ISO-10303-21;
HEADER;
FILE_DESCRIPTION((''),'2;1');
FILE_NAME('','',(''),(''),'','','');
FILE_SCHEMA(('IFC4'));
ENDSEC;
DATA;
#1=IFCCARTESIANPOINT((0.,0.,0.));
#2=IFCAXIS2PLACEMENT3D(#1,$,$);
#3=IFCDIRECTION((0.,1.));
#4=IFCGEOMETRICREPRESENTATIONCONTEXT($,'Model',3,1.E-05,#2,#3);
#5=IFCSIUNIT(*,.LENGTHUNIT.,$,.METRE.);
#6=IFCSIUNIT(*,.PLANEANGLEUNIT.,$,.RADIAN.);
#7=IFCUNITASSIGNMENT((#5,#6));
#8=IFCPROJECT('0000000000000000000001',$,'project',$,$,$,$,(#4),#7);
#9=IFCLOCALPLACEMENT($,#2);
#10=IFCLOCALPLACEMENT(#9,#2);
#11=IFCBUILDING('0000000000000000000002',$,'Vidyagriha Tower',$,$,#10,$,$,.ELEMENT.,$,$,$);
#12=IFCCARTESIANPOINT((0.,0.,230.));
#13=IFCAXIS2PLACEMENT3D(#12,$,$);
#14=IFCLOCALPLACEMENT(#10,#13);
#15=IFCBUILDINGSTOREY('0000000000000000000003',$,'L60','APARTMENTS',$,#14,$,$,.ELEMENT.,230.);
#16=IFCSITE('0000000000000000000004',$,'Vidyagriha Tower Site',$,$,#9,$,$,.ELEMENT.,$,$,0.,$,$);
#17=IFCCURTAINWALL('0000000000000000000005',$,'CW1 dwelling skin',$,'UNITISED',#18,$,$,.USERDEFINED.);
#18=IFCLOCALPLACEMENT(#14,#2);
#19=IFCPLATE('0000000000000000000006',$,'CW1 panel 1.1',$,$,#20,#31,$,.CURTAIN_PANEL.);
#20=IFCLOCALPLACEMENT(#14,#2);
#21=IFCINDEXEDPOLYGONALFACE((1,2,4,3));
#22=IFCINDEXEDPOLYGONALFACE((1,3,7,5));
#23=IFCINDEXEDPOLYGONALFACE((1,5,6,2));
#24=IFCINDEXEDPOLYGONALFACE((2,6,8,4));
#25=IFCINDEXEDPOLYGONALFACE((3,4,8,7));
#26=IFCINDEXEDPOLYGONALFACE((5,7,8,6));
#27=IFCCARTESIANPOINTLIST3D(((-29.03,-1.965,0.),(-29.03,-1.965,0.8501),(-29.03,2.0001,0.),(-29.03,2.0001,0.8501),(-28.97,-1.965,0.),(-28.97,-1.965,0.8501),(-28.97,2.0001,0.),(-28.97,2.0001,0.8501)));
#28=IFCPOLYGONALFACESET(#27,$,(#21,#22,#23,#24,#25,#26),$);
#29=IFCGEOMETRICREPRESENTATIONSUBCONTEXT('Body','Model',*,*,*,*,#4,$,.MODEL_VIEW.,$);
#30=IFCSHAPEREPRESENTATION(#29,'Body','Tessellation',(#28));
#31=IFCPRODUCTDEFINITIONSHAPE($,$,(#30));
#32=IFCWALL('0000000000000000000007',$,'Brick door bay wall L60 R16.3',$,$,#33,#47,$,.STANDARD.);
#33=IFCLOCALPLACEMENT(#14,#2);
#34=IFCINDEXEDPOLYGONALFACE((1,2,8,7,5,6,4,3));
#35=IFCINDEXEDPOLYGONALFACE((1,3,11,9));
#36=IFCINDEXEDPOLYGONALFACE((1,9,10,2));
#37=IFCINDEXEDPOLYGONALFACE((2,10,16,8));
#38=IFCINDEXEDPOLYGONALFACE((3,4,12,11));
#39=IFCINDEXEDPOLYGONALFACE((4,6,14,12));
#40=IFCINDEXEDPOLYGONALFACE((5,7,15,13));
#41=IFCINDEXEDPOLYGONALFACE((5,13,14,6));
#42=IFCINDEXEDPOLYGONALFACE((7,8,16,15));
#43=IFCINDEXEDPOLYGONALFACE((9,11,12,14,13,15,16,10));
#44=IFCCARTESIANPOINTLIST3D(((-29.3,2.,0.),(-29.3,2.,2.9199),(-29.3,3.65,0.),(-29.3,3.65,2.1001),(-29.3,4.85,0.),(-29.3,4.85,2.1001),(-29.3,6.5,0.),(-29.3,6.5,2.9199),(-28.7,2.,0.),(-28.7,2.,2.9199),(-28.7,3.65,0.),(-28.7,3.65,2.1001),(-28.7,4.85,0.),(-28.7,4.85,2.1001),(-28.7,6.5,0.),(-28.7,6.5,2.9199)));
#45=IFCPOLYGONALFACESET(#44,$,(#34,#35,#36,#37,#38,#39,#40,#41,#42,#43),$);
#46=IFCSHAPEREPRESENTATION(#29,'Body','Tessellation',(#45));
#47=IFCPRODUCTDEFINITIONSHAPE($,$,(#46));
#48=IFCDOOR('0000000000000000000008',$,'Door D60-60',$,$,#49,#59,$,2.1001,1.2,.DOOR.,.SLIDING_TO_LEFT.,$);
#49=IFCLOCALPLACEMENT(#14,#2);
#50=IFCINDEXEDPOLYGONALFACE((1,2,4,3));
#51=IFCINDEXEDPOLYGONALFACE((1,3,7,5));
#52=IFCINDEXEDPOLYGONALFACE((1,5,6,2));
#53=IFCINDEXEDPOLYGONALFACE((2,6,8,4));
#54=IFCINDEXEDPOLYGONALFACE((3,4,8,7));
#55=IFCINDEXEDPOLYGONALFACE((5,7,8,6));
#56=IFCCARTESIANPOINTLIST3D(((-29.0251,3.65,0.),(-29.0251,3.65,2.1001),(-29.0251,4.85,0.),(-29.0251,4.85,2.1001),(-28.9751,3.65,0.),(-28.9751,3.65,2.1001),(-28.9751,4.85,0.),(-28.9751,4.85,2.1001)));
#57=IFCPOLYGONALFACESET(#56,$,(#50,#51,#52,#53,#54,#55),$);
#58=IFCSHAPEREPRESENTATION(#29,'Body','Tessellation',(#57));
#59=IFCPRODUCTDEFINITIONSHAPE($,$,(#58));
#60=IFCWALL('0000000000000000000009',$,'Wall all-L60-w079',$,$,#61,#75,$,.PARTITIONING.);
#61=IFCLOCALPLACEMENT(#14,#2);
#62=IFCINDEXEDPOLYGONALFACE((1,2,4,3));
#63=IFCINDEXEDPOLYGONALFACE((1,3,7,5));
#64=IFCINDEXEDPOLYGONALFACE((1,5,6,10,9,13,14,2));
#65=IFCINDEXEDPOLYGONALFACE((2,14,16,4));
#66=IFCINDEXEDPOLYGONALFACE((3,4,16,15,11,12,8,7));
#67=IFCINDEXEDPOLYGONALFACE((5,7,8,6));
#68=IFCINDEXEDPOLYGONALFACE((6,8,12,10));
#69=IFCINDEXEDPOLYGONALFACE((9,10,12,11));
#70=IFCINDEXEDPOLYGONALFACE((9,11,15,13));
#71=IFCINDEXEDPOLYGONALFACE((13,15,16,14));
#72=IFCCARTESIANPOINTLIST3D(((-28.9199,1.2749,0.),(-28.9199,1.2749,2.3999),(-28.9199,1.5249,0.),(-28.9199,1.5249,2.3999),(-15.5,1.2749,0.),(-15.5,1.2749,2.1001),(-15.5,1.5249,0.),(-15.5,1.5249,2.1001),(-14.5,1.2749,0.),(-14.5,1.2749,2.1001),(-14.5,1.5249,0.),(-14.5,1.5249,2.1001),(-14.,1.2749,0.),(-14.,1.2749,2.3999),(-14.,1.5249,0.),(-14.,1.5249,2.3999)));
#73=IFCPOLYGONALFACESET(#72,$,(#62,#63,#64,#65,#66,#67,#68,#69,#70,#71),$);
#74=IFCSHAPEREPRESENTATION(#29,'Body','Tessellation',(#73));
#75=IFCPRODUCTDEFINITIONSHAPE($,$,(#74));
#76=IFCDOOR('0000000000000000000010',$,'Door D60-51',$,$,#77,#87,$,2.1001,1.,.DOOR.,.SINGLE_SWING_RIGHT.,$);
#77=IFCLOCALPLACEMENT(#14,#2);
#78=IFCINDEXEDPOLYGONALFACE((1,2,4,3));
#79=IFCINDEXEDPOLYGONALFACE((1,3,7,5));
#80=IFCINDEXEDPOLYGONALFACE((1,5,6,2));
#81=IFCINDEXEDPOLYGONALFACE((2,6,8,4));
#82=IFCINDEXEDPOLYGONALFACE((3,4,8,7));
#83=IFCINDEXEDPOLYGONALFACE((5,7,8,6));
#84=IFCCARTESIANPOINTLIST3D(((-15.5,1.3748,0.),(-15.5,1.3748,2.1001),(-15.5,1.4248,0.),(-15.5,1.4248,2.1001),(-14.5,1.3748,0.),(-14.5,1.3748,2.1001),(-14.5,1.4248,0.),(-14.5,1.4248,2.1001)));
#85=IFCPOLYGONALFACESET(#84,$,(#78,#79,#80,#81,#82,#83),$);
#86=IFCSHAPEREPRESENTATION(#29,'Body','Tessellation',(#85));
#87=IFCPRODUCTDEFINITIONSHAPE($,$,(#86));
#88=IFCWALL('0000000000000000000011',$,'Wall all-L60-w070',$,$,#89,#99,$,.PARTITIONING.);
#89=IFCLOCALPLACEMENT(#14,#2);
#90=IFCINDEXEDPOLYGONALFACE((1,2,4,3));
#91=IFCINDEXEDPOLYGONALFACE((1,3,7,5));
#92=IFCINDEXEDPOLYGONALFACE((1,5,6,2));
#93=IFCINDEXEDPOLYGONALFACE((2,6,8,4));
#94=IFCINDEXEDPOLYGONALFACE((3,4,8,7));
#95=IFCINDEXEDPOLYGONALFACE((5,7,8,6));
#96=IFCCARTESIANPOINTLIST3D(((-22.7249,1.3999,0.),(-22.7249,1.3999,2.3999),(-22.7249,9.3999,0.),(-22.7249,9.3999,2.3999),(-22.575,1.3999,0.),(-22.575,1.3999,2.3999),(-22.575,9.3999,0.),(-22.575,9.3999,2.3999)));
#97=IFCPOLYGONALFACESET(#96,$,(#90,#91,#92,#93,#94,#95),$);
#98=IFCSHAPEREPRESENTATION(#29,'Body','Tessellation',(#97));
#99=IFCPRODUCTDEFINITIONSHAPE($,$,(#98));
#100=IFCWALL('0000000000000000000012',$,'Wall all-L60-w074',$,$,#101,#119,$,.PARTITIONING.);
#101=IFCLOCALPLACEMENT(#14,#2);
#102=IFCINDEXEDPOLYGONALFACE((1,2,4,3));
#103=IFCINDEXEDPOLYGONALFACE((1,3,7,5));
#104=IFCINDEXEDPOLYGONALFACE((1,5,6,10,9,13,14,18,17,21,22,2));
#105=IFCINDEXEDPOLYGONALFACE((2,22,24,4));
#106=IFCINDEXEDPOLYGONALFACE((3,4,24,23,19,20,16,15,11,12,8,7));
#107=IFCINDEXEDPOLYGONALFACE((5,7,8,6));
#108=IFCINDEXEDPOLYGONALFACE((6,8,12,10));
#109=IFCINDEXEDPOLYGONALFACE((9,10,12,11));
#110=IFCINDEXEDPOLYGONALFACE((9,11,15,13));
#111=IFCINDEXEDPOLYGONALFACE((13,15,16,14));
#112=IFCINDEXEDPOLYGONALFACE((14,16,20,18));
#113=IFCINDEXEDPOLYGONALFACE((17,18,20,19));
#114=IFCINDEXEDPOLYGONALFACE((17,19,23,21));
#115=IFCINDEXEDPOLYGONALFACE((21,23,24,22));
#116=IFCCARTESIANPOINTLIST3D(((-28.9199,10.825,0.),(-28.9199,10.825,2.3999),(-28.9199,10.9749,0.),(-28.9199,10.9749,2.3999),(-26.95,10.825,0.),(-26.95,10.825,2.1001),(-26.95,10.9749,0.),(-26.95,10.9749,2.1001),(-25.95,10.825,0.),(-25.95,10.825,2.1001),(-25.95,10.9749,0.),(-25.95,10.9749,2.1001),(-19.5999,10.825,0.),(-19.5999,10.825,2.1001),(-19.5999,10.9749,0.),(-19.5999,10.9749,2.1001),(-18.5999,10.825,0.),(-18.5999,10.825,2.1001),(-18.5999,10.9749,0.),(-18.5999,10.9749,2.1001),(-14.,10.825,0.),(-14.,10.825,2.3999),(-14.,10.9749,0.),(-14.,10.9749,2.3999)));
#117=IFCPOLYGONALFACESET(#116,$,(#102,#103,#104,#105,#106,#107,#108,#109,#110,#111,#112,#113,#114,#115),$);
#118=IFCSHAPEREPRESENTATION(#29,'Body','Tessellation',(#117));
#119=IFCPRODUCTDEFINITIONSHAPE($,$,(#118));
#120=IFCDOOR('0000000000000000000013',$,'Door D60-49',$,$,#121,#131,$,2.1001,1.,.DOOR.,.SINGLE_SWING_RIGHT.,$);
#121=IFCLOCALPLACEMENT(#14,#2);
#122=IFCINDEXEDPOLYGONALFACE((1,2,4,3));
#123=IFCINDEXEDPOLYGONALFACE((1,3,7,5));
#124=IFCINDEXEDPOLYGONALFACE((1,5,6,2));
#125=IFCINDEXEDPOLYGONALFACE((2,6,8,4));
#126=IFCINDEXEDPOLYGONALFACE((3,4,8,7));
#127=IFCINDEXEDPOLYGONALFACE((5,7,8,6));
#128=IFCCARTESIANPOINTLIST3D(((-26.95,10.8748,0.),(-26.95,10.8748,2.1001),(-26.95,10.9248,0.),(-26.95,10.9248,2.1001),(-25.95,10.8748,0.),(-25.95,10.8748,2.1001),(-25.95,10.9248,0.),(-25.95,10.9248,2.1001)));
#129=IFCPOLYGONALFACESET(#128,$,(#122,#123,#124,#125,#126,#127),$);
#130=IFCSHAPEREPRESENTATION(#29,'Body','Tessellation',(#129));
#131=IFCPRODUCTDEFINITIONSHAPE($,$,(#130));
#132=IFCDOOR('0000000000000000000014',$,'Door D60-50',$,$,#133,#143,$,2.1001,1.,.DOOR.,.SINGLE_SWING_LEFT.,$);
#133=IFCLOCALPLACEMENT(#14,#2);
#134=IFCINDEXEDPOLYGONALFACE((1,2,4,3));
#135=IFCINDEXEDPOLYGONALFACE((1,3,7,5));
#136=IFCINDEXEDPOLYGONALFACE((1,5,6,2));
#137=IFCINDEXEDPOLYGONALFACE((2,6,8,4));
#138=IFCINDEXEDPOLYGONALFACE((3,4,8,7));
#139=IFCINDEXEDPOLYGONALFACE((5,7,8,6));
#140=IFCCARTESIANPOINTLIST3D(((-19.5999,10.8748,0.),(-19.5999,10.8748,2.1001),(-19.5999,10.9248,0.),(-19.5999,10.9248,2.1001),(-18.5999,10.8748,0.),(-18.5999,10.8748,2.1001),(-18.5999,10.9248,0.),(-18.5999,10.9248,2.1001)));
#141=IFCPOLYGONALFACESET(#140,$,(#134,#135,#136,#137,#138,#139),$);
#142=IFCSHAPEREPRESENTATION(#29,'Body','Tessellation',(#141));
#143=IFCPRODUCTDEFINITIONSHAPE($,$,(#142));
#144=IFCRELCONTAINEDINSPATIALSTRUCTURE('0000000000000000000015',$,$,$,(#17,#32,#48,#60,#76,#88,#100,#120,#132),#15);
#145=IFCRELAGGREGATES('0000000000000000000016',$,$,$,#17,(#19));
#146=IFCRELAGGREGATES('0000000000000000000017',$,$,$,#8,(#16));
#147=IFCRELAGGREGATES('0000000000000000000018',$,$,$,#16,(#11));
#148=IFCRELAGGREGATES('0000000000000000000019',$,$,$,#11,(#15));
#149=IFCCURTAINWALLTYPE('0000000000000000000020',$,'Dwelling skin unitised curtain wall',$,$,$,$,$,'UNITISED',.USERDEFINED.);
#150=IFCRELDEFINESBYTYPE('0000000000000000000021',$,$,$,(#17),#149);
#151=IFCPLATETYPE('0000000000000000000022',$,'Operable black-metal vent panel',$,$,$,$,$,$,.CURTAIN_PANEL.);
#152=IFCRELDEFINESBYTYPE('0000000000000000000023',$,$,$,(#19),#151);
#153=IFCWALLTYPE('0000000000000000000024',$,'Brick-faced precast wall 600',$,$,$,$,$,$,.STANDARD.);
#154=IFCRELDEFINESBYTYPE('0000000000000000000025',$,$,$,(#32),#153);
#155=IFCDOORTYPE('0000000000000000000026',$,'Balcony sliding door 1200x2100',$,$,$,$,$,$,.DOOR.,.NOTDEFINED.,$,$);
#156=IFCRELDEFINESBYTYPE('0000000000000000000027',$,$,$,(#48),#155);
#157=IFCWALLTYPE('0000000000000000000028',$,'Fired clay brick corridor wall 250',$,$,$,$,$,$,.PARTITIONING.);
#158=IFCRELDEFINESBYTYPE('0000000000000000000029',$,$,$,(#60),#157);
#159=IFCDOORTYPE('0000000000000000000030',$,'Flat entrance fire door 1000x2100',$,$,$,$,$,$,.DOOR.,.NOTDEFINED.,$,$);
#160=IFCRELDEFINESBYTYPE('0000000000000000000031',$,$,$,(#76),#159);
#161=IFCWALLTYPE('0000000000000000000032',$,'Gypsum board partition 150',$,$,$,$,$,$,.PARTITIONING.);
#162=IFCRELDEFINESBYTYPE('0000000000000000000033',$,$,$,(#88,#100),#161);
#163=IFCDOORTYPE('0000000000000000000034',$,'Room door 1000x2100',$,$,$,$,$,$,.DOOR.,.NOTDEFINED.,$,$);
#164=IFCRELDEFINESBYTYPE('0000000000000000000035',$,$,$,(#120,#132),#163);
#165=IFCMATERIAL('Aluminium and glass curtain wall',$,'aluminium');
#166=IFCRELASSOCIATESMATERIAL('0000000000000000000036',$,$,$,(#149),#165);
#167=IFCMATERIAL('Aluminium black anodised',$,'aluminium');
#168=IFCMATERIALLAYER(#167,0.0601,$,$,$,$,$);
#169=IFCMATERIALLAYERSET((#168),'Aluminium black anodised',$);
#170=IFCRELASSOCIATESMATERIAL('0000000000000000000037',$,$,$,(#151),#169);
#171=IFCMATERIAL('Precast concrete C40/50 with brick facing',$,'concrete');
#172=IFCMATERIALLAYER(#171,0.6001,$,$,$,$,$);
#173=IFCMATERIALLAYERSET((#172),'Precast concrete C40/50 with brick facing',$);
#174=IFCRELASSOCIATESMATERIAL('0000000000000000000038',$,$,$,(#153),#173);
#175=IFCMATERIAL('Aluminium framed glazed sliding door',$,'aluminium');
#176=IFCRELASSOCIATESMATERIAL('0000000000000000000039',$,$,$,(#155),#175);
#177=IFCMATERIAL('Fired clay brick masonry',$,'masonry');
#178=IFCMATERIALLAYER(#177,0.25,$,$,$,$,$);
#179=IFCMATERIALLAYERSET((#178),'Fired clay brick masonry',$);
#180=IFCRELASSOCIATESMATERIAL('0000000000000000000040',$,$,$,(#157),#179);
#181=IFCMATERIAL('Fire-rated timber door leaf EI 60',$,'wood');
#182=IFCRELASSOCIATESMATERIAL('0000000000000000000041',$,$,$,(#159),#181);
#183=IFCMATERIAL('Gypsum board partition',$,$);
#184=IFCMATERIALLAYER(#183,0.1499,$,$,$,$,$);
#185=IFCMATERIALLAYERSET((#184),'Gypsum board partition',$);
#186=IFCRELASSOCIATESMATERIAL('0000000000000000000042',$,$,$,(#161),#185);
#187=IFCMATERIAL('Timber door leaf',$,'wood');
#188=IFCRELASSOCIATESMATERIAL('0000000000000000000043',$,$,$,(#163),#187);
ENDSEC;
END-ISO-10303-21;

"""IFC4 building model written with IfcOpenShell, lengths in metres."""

from ifc_helpers import new_model, si_unit, direction, frame, frame_2d, origin, origin_2d, place, context, subcontext, project, spatial, rectangle, extrude, material, layer, layer_set, type_object, element, fill, aggregate, save


model = new_model("IFC4")

# Units and contexts
model_context = context("Model", 3, precision=1e-05, world=origin(), true_north=direction((0.0, 1.0)))
body_context = subcontext(model_context, "Body", "Model", "MODEL_VIEW")
ifc_project = project(units=[si_unit("LENGTHUNIT", "METRE"), si_unit("PLANEANGLEUNIT", "RADIAN")], contexts=[model_context])

# Site, building, storey
site_placement = place(None, origin())
site = spatial("IfcSite", under=ifc_project, at=site_placement, Name="Vidyagriha Tower Site", CompositionType="ELEMENT", RefElevation=0.0)
building_placement = place(site_placement, origin())
building = spatial("IfcBuilding", under=site, at=building_placement, Name="Vidyagriha Tower", CompositionType="ELEMENT")
storey_placement = place(building_placement, frame((0.0, 0.0, 230.0)))
storey = spatial("IfcBuildingStorey", under=building, at=storey_placement, Name="L60", Description="APARTMENTS", CompositionType="ELEMENT", Elevation=230.0)

# Shared definitions
ifc_material_1 = material(Name="Aluminium and glass curtain wall", Category="aluminium")
curtain_wall_type = type_object("IfcCurtainWallType", Name="Dwelling skin unitised curtain wall", ElementType="UNITISED", PredefinedType="USERDEFINED", material=ifc_material_1)

# Curtain wall
curtain_wall_1_placement = place(storey_placement, origin())
curtain_wall_1 = element("IfcCurtainWall", 1, at=curtain_wall_1_placement, inside=storey, type_object=curtain_wall_type, Name="CW1 dwelling skin", ObjectType="UNITISED", PredefinedType="USERDEFINED")

# Plate
ifc_material_2 = material(Name="Aluminium black anodised", Category="aluminium")
ifc_layer_1 = layer(ifc_material_2, 0.0601)
ifc_layer_set_1 = layer_set([ifc_layer_1], Name="Aluminium black anodised")
plate_type_1 = type_object("IfcPlateType", Name="Operable black-metal vent panel", PredefinedType="CURTAIN_PANEL", material=ifc_layer_set_1)
plate_1_placement = place(storey_placement, frame((-29.0, 0.0176, 0.0), z_axis=(0.0, 0.0, 1.0), x_axis=(0.0, -1.0, 0.0)))
plate_1 = element("IfcPlate", 2, at=plate_1_placement, type_object=plate_type_1, Name="CW1 panel 1.1", PredefinedType="CURTAIN_PANEL", context=body_context, shape_type="SweptSolid", body=[
    extrude(rectangle(XDim=3.9651, YDim=0.0601, at=origin_2d()), origin(), (0.0, 0.0, 1.0), 0.8501),
])
aggregate(curtain_wall_1, [plate_1])

# Walls, openings, doors
ifc_material_3 = material(Name="Precast concrete C40/50 with brick facing", Category="concrete")
ifc_layer_2 = layer(ifc_material_3, 0.6001)
ifc_layer_set_2 = layer_set([ifc_layer_2], Name="Precast concrete C40/50 with brick facing")
wall_type_1 = type_object("IfcWallType", Name="Brick-faced precast wall 600", PredefinedType="STANDARD", material=ifc_layer_set_2)
wall_1_placement = place(storey_placement, frame((-29.0, 6.5, 0.0), z_axis=(0.0, 0.0, 1.0), x_axis=(0.0, -1.0, 0.0)))
wall_1 = element("IfcWall", 3, at=wall_1_placement, inside=storey, type_object=wall_type_1, Name="Brick door bay wall L60 R16.3", PredefinedType="STANDARD", context=body_context, shape_type="SweptSolid", body=[
    extrude(rectangle(XDim=4.5, YDim=0.6001, at=frame_2d((2.25, 0.0))), origin(), (0.0, 0.0, 1.0), 2.9199),
])
opening_1_placement = place(wall_1_placement, frame((1.6499, 0.0, 0.0)))
opening_1 = element("IfcOpeningElement", 4, at=opening_1_placement, cuts=wall_1, PredefinedType="OPENING", context=body_context, shape_type="SweptSolid", body=[
    extrude(rectangle(XDim=1.2, YDim=2.1001, at=frame_2d((0.6001, 1.05))), frame((0.0, 0.3101, 0.0), z_axis=(0.0, -1.0, 0.0), x_axis=(1.0, 0.0, 0.0)), (0.0, 0.0, 1.0), 0.6201),
])
ifc_material_4 = material(Name="Aluminium framed glazed sliding door", Category="aluminium")
door_type_1 = type_object("IfcDoorType", Name="Balcony sliding door 1200x2100", OperationType="NOTDEFINED", PredefinedType="DOOR", material=ifc_material_4)
door_1_placement = place(opening_1_placement, origin())
door_1 = element("IfcDoor", 5, at=door_1_placement, inside=storey, type_object=door_type_1, Name="Door D60-60", OperationType="SLIDING_TO_LEFT", OverallHeight=2.1001, OverallWidth=1.2, PredefinedType="DOOR", context=body_context, shape_type="SweptSolid", body=[
    extrude(rectangle(XDim=1.2, YDim=2.1001, at=frame_2d((0.6001, 1.05))), frame((0.0, 0.0249, 0.0), z_axis=(0.0, -1.0, 0.0), x_axis=(1.0, 0.0, 0.0)), (0.0, 0.0, 1.0), 0.05),
])
fill(opening_1, door_1)
ifc_material_5 = material(Name="Fired clay brick masonry", Category="masonry")
ifc_layer_3 = layer(ifc_material_5, 0.25)
ifc_layer_set_3 = layer_set([ifc_layer_3], Name="Fired clay brick masonry")
wall_type_2 = type_object("IfcWallType", Name="Fired clay brick corridor wall 250", PredefinedType="PARTITIONING", material=ifc_layer_set_3)
wall_2_placement = place(storey_placement, frame((-28.9199, 1.3999, 0.0)))
wall_2 = element("IfcWall", 6, at=wall_2_placement, inside=storey, type_object=wall_type_2, Name="Wall all-L60-w079", PredefinedType="PARTITIONING", context=body_context, shape_type="SweptSolid", body=[
    extrude(rectangle(XDim=14.9199, YDim=0.25, at=frame_2d((7.46, 0.0))), origin(), (0.0, 0.0, 1.0), 2.3999),
])
opening_2_placement = place(wall_2_placement, frame((13.4199, 0.0, 0.0)))
opening_2 = element("IfcOpeningElement", 7, at=opening_2_placement, cuts=wall_2, PredefinedType="OPENING", context=body_context, shape_type="SweptSolid", body=[
    extrude(rectangle(XDim=1.0, YDim=2.1001, at=frame_2d((0.5, 1.05))), frame((0.0, 0.135, 0.0), z_axis=(0.0, -1.0, 0.0), x_axis=(1.0, 0.0, 0.0)), (0.0, 0.0, 1.0), 0.27),
])
ifc_material_6 = material(Name="Fire-rated timber door leaf EI 60", Category="wood")
door_type_2 = type_object("IfcDoorType", Name="Flat entrance fire door 1000x2100", OperationType="NOTDEFINED", PredefinedType="DOOR", material=ifc_material_6)
door_2_placement = place(opening_2_placement, origin())
door_2 = element("IfcDoor", 8, at=door_2_placement, inside=storey, type_object=door_type_2, Name="Door D60-51", OperationType="SINGLE_SWING_RIGHT", OverallHeight=2.1001, OverallWidth=1.0, PredefinedType="DOOR", context=body_context, shape_type="SweptSolid", body=[
    extrude(rectangle(XDim=1.0, YDim=2.1001, at=frame_2d((0.5, 1.05))), frame((0.0, 0.0249, 0.0), z_axis=(0.0, -1.0, 0.0), x_axis=(1.0, 0.0, 0.0)), (0.0, 0.0, 1.0), 0.05),
])
fill(opening_2, door_2)

# Wall
ifc_material_7 = material(Name="Gypsum board partition")
ifc_layer_4 = layer(ifc_material_7, 0.1499)
ifc_layer_set_4 = layer_set([ifc_layer_4], Name="Gypsum board partition")
wall_type_3 = type_object("IfcWallType", Name="Gypsum board partition 150", PredefinedType="PARTITIONING", material=ifc_layer_set_4)
wall_3_placement = place(storey_placement, frame((-22.6499, 1.3999, 0.0), z_axis=(0.0, 0.0, 1.0), x_axis=(0.0, 1.0, 0.0)))
element("IfcWall", 9, at=wall_3_placement, inside=storey, type_object=wall_type_3, Name="Wall all-L60-w070", PredefinedType="PARTITIONING", context=body_context, shape_type="SweptSolid", body=[
    extrude(rectangle(XDim=8.0, YDim=0.1499, at=frame_2d((4.0, 0.0))), origin(), (0.0, 0.0, 1.0), 2.3999),
])

# Wall, openings, doors
wall_4_placement = place(storey_placement, frame((-28.9199, 10.8999, 0.0)))
wall_4 = element("IfcWall", 10, at=wall_4_placement, inside=storey, type_object=wall_type_3, Name="Wall all-L60-w074", PredefinedType="PARTITIONING", context=body_context, shape_type="SweptSolid", body=[
    extrude(rectangle(XDim=14.9199, YDim=0.1499, at=frame_2d((7.46, 0.0))), origin(), (0.0, 0.0, 1.0), 2.3999),
])
opening_3_placement = place(wall_4_placement, frame((1.97, 0.0, 0.0)))
opening_3 = element("IfcOpeningElement", 11, at=opening_3_placement, cuts=wall_4, PredefinedType="OPENING", context=body_context, shape_type="SweptSolid", body=[
    extrude(rectangle(XDim=1.0, YDim=2.1001, at=frame_2d((0.5, 1.05))), frame((0.0, 0.085, 0.0), z_axis=(0.0, -1.0, 0.0), x_axis=(1.0, 0.0, 0.0)), (0.0, 0.0, 1.0), 0.1699),
])
opening_4_placement = place(wall_4_placement, frame((9.3201, 0.0, 0.0)))
opening_4 = element("IfcOpeningElement", 12, at=opening_4_placement, cuts=wall_4, PredefinedType="OPENING", context=body_context, shape_type="SweptSolid", body=[
    extrude(rectangle(XDim=1.0, YDim=2.1001, at=frame_2d((0.5, 1.05))), frame((0.0, 0.085, 0.0), z_axis=(0.0, -1.0, 0.0), x_axis=(1.0, 0.0, 0.0)), (0.0, 0.0, 1.0), 0.1699),
])
ifc_material_8 = material(Name="Timber door leaf", Category="wood")
door_type_3 = type_object("IfcDoorType", Name="Room door 1000x2100", OperationType="NOTDEFINED", PredefinedType="DOOR", material=ifc_material_8)
door_3_placement = place(opening_3_placement, origin())
door_3 = element("IfcDoor", 13, at=door_3_placement, inside=storey, type_object=door_type_3, Name="Door D60-49", OperationType="SINGLE_SWING_RIGHT", OverallHeight=2.1001, OverallWidth=1.0, PredefinedType="DOOR", context=body_context, shape_type="SweptSolid", body=[
    extrude(rectangle(XDim=1.0, YDim=2.1001, at=frame_2d((0.5, 1.05))), frame((0.0, 0.0249, 0.0), z_axis=(0.0, -1.0, 0.0), x_axis=(1.0, 0.0, 0.0)), (0.0, 0.0, 1.0), 0.05),
])
fill(opening_3, door_3)
door_4_placement = place(opening_4_placement, origin())
door_4 = element("IfcDoor", 14, at=door_4_placement, inside=storey, type_object=door_type_3, Name="Door D60-50", OperationType="SINGLE_SWING_LEFT", OverallHeight=2.1001, OverallWidth=1.0, PredefinedType="DOOR", context=body_context, shape_type="SweptSolid", body=[
    extrude(rectangle(XDim=1.0, YDim=2.1001, at=frame_2d((0.5, 1.05))), frame((0.0, 0.0249, 0.0), z_axis=(0.0, -1.0, 0.0), x_axis=(1.0, 0.0, 0.0)), (0.0, 0.0, 1.0), 0.05),
])
fill(opening_4, door_4)

save(model, "model.ifc")
